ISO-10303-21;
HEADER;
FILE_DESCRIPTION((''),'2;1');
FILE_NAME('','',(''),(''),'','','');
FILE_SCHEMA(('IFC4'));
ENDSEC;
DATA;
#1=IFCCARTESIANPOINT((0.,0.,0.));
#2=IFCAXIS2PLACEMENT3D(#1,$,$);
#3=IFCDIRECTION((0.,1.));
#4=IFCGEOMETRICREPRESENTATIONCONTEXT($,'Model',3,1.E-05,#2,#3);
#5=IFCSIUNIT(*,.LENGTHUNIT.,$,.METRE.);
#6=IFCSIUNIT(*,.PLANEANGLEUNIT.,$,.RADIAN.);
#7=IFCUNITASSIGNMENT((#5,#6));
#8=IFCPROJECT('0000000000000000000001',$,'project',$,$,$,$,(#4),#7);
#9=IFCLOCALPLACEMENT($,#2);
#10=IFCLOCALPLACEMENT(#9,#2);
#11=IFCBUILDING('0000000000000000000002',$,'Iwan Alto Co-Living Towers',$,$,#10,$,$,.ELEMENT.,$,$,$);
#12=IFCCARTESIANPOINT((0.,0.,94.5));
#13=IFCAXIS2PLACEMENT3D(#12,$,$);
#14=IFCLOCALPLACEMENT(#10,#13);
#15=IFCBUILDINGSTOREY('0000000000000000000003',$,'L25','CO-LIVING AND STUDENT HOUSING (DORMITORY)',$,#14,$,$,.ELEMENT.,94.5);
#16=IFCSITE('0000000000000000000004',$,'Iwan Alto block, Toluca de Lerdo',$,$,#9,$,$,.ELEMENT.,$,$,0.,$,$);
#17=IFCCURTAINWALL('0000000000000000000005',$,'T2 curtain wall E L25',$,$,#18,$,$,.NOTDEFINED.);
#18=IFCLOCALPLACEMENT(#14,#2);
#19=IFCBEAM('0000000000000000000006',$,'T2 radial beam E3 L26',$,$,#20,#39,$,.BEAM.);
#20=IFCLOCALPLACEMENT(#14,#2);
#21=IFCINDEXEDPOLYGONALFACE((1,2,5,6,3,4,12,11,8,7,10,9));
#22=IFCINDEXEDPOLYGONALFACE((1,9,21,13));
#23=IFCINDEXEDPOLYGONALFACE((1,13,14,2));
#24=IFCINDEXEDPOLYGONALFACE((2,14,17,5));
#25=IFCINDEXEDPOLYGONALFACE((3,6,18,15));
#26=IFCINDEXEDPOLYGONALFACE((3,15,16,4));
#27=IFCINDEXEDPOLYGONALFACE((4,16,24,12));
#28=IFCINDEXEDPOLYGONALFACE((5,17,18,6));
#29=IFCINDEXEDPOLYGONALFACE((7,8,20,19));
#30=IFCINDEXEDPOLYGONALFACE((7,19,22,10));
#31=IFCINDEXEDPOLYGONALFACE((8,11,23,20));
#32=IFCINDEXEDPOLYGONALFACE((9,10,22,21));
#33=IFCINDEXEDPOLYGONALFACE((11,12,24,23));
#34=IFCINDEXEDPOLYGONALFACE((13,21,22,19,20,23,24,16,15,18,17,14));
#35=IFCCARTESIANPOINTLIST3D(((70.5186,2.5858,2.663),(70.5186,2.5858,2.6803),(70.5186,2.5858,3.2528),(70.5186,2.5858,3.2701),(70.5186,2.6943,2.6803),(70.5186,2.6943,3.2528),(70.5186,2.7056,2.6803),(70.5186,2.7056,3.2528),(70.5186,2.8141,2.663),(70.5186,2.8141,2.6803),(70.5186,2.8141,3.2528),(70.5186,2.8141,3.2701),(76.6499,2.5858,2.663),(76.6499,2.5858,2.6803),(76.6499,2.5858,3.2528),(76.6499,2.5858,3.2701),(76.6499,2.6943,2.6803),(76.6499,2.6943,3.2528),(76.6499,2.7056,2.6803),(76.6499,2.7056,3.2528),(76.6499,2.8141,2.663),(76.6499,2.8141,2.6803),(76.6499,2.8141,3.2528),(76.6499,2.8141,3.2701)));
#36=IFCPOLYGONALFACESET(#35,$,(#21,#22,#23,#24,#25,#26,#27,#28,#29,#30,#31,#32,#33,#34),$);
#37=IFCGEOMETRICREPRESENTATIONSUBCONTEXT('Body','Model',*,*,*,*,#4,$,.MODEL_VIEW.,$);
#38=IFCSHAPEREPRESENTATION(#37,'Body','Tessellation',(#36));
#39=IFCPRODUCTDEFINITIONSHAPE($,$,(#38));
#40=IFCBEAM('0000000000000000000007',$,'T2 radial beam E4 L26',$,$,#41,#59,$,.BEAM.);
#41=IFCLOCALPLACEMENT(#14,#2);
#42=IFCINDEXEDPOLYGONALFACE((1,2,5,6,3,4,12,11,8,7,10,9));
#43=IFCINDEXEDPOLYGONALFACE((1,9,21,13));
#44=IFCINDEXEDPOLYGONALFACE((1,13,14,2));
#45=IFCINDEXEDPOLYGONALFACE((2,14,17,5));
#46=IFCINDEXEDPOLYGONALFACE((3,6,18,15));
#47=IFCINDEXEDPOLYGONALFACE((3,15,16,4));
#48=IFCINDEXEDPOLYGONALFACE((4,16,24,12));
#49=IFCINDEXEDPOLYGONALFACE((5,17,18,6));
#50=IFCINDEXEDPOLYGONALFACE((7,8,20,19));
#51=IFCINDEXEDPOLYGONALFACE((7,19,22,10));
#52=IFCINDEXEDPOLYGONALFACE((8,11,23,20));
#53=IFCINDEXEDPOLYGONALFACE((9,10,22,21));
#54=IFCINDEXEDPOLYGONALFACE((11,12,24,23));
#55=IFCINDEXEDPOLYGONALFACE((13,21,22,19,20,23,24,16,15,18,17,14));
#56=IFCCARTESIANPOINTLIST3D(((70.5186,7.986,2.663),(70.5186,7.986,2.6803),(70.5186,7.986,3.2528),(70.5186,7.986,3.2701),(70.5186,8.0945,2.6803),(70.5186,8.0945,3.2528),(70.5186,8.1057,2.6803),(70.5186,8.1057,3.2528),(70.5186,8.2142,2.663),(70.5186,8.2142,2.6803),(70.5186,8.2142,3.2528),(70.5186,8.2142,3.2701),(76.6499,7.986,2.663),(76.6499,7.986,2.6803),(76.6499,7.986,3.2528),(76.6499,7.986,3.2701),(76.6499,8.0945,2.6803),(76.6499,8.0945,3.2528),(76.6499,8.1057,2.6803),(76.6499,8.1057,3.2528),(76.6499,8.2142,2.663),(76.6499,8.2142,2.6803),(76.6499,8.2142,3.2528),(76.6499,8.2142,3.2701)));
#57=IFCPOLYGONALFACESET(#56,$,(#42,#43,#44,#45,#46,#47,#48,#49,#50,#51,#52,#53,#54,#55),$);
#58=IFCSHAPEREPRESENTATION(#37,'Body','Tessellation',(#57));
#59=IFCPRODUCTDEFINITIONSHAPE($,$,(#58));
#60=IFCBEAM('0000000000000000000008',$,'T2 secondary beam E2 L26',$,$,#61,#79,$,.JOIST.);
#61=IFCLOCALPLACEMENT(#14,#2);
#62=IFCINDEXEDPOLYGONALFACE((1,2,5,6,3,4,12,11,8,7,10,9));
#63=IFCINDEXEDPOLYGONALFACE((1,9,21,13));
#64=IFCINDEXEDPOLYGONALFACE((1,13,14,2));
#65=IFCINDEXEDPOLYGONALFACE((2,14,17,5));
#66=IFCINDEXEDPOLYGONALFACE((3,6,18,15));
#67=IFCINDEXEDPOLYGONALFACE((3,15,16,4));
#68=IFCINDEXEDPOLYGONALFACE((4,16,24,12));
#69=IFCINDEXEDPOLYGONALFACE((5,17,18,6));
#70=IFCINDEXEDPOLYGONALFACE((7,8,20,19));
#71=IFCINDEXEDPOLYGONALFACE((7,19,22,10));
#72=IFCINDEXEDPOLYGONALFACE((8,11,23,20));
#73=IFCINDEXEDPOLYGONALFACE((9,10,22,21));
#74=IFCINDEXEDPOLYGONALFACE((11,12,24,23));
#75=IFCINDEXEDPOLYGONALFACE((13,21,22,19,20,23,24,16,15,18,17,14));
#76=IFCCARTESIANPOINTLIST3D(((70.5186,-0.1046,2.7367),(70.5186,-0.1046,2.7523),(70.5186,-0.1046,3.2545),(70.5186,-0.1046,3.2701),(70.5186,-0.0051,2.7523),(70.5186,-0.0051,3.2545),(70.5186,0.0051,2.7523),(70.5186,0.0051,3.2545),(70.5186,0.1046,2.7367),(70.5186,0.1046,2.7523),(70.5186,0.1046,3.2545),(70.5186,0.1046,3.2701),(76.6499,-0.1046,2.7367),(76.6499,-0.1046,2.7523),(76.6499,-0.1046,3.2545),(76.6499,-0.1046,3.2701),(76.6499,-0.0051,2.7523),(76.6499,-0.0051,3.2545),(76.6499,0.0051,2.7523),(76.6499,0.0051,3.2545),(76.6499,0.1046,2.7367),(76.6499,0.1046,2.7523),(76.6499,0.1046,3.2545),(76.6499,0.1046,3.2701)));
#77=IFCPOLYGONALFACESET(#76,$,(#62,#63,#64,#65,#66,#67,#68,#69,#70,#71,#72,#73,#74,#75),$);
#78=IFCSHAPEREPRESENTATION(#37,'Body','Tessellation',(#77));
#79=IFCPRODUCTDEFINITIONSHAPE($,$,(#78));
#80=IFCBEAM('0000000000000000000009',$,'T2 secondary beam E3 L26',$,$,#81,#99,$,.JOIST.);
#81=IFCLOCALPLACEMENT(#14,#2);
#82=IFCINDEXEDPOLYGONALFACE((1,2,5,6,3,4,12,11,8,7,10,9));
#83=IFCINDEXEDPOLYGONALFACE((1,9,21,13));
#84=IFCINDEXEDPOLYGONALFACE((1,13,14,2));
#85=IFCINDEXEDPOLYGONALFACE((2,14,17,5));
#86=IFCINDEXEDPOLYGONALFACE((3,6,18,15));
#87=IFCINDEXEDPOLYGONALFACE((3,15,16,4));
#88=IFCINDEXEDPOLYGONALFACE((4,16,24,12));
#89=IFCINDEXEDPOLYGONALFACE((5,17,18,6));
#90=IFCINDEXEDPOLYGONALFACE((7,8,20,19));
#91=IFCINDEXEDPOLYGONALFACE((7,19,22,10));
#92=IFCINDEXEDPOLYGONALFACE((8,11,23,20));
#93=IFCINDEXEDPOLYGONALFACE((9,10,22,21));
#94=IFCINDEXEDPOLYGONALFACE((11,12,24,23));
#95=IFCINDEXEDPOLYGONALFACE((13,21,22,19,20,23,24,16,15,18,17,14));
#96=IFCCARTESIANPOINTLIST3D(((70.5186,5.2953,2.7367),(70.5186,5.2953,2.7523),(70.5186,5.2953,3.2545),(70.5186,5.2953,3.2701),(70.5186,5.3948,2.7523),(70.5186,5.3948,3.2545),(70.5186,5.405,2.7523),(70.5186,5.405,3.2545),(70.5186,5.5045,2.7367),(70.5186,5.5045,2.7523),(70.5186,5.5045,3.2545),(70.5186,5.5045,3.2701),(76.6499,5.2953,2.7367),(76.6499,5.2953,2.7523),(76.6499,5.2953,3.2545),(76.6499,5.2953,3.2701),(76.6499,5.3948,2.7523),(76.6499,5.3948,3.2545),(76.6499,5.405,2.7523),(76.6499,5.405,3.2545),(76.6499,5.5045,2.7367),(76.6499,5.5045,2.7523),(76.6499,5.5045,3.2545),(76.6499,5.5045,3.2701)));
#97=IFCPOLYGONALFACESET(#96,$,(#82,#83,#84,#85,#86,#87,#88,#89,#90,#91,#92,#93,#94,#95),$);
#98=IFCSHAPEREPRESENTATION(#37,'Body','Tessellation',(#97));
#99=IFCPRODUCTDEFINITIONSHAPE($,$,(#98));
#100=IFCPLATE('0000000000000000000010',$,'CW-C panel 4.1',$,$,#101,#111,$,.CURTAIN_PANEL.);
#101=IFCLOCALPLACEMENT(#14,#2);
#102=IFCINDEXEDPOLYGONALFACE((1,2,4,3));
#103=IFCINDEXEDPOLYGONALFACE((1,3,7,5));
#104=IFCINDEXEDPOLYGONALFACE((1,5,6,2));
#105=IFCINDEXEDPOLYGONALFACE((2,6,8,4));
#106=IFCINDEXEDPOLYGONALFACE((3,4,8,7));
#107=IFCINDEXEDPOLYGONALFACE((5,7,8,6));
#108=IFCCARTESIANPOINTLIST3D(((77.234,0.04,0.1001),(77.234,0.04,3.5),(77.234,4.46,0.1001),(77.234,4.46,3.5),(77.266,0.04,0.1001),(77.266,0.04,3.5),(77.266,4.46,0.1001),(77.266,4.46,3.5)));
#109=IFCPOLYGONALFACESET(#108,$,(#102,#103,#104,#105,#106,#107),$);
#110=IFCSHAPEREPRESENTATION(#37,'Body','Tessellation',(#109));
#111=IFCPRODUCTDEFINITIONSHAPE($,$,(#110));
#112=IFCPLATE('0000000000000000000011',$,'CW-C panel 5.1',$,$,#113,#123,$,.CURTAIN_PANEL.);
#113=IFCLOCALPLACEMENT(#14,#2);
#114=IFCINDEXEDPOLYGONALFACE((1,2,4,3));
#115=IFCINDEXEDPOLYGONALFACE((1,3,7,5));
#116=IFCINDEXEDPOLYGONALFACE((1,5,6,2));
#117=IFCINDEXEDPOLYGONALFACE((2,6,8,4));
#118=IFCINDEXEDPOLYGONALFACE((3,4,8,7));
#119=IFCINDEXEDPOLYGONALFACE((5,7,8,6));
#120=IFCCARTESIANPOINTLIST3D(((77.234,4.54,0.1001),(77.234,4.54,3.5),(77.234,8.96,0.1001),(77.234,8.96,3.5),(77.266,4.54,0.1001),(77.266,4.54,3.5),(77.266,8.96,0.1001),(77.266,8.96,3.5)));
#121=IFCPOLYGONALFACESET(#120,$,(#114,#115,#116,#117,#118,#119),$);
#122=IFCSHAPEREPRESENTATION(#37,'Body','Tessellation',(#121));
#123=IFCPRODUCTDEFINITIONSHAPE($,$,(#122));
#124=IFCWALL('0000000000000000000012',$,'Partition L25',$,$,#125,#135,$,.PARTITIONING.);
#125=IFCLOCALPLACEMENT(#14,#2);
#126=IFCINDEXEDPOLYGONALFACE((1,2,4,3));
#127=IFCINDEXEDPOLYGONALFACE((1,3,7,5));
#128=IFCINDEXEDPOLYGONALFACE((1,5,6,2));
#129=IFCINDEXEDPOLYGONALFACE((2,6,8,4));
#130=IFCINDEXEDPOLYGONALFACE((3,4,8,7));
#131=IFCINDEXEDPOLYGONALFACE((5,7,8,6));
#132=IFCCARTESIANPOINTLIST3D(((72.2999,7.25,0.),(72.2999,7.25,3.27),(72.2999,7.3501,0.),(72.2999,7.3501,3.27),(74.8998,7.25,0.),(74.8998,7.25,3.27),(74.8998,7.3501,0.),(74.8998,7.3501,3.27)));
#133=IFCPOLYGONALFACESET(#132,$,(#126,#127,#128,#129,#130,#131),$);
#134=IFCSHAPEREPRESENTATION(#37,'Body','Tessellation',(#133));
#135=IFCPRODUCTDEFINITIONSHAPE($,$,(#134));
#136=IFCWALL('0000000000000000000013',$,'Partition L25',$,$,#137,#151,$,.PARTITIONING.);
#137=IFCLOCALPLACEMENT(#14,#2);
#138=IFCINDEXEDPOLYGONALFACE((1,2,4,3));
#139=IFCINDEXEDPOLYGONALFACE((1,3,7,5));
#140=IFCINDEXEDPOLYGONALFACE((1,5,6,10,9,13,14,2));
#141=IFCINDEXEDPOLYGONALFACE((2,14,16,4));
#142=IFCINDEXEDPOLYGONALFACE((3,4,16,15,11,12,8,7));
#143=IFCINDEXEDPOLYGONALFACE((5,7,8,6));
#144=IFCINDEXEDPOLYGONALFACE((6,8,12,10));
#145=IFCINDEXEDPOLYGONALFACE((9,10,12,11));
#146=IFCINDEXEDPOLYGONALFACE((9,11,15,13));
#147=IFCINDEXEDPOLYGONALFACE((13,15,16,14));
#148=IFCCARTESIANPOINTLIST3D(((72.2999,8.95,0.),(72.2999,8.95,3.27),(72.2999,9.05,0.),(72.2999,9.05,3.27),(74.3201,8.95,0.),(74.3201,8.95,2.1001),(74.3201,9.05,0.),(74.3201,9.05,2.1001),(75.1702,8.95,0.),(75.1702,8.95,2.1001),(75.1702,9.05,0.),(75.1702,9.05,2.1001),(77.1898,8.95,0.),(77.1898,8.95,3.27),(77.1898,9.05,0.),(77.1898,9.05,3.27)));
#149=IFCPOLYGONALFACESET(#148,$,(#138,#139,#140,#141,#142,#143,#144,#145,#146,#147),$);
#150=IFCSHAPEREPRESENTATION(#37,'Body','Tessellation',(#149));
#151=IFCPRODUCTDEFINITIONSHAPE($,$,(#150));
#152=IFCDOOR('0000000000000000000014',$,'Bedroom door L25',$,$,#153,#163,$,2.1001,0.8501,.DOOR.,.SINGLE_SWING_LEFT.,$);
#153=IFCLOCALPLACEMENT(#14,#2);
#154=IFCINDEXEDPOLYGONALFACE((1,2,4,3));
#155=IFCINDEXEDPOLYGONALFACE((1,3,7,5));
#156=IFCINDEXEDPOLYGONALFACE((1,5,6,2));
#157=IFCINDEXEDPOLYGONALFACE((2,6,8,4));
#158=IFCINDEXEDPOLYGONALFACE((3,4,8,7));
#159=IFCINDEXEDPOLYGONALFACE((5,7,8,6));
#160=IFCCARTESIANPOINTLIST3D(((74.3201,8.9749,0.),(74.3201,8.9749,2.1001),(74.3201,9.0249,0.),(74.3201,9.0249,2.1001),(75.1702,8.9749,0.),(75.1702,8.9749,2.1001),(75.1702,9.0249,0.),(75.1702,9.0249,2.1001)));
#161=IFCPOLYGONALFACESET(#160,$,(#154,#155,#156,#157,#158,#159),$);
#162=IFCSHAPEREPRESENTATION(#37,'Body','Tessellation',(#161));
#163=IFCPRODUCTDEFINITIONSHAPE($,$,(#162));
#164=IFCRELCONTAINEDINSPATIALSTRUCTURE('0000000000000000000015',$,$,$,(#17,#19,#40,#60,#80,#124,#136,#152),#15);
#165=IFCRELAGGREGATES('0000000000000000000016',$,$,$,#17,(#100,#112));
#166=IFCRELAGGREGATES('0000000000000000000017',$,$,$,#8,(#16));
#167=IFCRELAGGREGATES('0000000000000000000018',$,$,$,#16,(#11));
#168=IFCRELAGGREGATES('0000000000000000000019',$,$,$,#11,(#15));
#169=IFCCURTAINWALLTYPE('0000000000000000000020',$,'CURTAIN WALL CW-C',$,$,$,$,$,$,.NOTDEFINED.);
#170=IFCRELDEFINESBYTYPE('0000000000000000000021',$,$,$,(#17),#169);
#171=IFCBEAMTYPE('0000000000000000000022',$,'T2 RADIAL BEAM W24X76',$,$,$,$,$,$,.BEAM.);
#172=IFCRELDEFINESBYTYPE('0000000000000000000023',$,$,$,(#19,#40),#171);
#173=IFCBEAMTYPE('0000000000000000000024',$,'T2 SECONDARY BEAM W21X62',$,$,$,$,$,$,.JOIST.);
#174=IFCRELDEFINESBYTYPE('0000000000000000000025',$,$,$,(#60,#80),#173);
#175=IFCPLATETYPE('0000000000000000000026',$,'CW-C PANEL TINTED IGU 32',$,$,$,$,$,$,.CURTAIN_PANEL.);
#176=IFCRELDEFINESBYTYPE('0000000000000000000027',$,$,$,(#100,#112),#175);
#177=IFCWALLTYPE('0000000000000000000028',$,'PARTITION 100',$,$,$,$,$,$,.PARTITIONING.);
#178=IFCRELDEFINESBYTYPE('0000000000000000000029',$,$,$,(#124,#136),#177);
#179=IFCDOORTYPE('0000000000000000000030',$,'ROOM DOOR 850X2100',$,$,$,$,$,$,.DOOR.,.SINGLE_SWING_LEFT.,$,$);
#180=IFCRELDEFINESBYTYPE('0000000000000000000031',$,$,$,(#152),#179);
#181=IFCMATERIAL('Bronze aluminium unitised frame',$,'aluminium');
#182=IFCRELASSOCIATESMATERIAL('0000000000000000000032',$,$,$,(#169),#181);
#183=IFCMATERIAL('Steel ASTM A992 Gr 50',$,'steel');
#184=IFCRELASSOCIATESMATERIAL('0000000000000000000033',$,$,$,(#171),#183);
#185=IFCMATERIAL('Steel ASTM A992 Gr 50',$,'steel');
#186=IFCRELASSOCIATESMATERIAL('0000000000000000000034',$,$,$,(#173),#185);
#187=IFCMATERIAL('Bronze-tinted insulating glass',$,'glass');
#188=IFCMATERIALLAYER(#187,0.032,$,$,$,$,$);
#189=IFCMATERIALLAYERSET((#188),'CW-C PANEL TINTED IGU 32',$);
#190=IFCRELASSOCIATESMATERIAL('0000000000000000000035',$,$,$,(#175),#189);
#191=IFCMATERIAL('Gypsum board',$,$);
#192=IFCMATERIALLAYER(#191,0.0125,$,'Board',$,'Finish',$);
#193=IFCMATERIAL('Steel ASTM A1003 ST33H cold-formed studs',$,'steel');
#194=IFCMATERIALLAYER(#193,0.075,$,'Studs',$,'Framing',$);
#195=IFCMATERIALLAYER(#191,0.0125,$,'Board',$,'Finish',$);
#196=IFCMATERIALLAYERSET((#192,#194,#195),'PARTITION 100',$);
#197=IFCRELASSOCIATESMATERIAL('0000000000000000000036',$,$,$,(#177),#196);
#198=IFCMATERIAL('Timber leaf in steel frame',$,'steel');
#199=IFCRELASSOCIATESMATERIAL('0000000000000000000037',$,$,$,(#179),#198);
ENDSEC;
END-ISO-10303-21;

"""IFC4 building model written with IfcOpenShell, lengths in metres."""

from ifc_helpers import new_model, si_unit, direction, frame, frame_2d, origin, origin_2d, place, context, subcontext, project, spatial, rectangle, i_section, extrude, material, layer, layer_set, material_profile, profile_set, type_object, element, fill, aggregate, save


model = new_model("IFC4")

# Units and contexts
model_context = context("Model", 3, precision=1e-05, world=origin(), true_north=direction((0.0, 1.0)))
body_context = subcontext(model_context, "Body", "Model", "MODEL_VIEW")
ifc_project = project(units=[si_unit("LENGTHUNIT", "METRE"), si_unit("PLANEANGLEUNIT", "RADIAN")], contexts=[model_context])

# Site, building, storey
site_placement = place(None, origin())
site = spatial("IfcSite", under=ifc_project, at=site_placement, Name="Iwan Alto block, Toluca de Lerdo", CompositionType="ELEMENT", RefElevation=0.0)
building_placement = place(site_placement, origin())
building = spatial("IfcBuilding", under=site, at=building_placement, Name="Iwan Alto Co-Living Towers", CompositionType="ELEMENT")
storey_placement = place(building_placement, frame((0.0, 0.0, 94.5)))
storey = spatial("IfcBuildingStorey", under=building, at=storey_placement, Name="L25", Description="CO-LIVING AND STUDENT HOUSING (DORMITORY)", CompositionType="ELEMENT", Elevation=94.5)

# Curtain wall
ifc_material_1 = material(Name="Bronze aluminium unitised frame", Category="aluminium")
curtain_wall_type = type_object("IfcCurtainWallType", Name="CURTAIN WALL CW-C", PredefinedType="NOTDEFINED", material=ifc_material_1)
curtain_wall_placement = place(storey_placement, origin())
curtain_wall = element("IfcCurtainWall", 1, at=curtain_wall_placement, inside=storey, type_object=curtain_wall_type, Name="T2 curtain wall E L25", PredefinedType="NOTDEFINED")

# Beams
ifc_material_2 = material(Name="Steel ASTM A992 Gr 50", Category="steel")
ifc_material_profile_1 = material_profile(ifc_material_2, i_section(OverallWidth=0.2283, OverallDepth=0.6072, WebThickness=0.0112, FlangeThickness=0.0173, at=origin_2d()), Name="W24X76")
ifc_profile_set_1 = profile_set([ifc_material_profile_1], Name="Steel ASTM A992 Gr 50")
beam_type_1 = type_object("IfcBeamType", Name="T2 RADIAL BEAM W24X76", PredefinedType="BEAM", material=ifc_profile_set_1)
for number, where, z_axis, x_axis, name in (
    (2, (76.6499, 2.7, 2.9666), (-1.0, 0.0, 0.0), (0.0, -1.0, 0.0), "T2 radial beam E3 L26"),
    (3, (76.6499, 8.1001, 2.9666), (-1.0, 0.0, 0.0), (0.0, -1.0, 0.0), "T2 radial beam E4 L26"),
):
    element("IfcBeam", number, at=place(storey_placement, frame(where, z_axis=z_axis, x_axis=x_axis)), inside=storey, type_object=beam_type_1, Name=name, PredefinedType="BEAM", context=body_context, shape_type="SweptSolid", body=[
        extrude(i_section(OverallWidth=0.2283, OverallDepth=0.6072, WebThickness=0.0112, FlangeThickness=0.0173, at=origin_2d()), origin(), (0.0, 0.0, 1.0), 6.1313),
    ])
ifc_material_3 = material(Name="Steel ASTM A992 Gr 50", Category="steel")
ifc_material_profile_2 = material_profile(ifc_material_3, i_section(OverallWidth=0.2092, OverallDepth=0.5334, WebThickness=0.0103, FlangeThickness=0.0156, at=origin_2d()), Name="W21X62")
ifc_profile_set_2 = profile_set([ifc_material_profile_2], Name="Steel ASTM A992 Gr 50")
beam_type_2 = type_object("IfcBeamType", Name="T2 SECONDARY BEAM W21X62", PredefinedType="JOIST", material=ifc_profile_set_2)
for number, where, z_axis, x_axis, name in (
    (4, (76.6499, 0.0, 3.0034), (-1.0, 0.0, 0.0), (0.0, -1.0, 0.0), "T2 secondary beam E2 L26"),
    (5, (76.6499, 5.3999, 3.0034), (-1.0, 0.0, 0.0), (0.0, -1.0, 0.0), "T2 secondary beam E3 L26"),
):
    element("IfcBeam", number, at=place(storey_placement, frame(where, z_axis=z_axis, x_axis=x_axis)), inside=storey, type_object=beam_type_2, Name=name, PredefinedType="JOIST", context=body_context, shape_type="SweptSolid", body=[
        extrude(i_section(OverallWidth=0.2092, OverallDepth=0.5334, WebThickness=0.0103, FlangeThickness=0.0156, at=origin_2d()), origin(), (0.0, 0.0, 1.0), 6.1313),
    ])

# Plates
ifc_material_4 = material(Name="Bronze-tinted insulating glass", Category="glass")
ifc_layer_1 = layer(ifc_material_4, 0.032)
ifc_layer_set_1 = layer_set([ifc_layer_1], Name="CW-C PANEL TINTED IGU 32")
plate_type = type_object("IfcPlateType", Name="CW-C PANEL TINTED IGU 32", PredefinedType="CURTAIN_PANEL", material=ifc_layer_set_1)
plate_1_placement = place(storey_placement, frame((77.25, 2.25, 0.1001), z_axis=(0.0, 0.0, 1.0), x_axis=(0.0, 1.0, 0.0)))
plate_1 = element("IfcPlate", 6, at=plate_1_placement, type_object=plate_type, Name="CW-C panel 4.1", PredefinedType="CURTAIN_PANEL", context=body_context, shape_type="SweptSolid", body=[
    extrude(rectangle(XDim=4.4199, YDim=0.032, at=origin_2d()), origin(), (0.0, 0.0, 1.0), 3.3999),
])
plate_2_placement = place(storey_placement, frame((77.25, 6.75, 0.1001), z_axis=(0.0, 0.0, 1.0), x_axis=(0.0, 1.0, 0.0)))
plate_2 = element("IfcPlate", 7, at=plate_2_placement, type_object=plate_type, Name="CW-C panel 5.1", PredefinedType="CURTAIN_PANEL", context=body_context, shape_type="SweptSolid", body=[
    extrude(rectangle(XDim=4.4199, YDim=0.032, at=origin_2d()), origin(), (0.0, 0.0, 1.0), 3.3999),
])
aggregate(curtain_wall, [plate_1, plate_2])

# Wall
ifc_material_5 = material(Name="Gypsum board")
ifc_layer_2 = layer(ifc_material_5, 0.0125, Name="Board", Category="Finish")
ifc_material_6 = material(Name="Steel ASTM A1003 ST33H cold-formed studs", Category="steel")
ifc_layer_3 = layer(ifc_material_6, 0.075, Name="Studs", Category="Framing")
ifc_layer_4 = layer(ifc_material_5, 0.0125, Name="Board", Category="Finish")
ifc_layer_set_2 = layer_set([ifc_layer_2, ifc_layer_3, ifc_layer_4], Name="PARTITION 100")
wall_type_1 = type_object("IfcWallType", Name="PARTITION 100", PredefinedType="PARTITIONING", material=ifc_layer_set_2)
wall_1_placement = place(storey_placement, frame((72.3, 7.3, 0.0), z_axis=(0.0, 0.0, 1.0), x_axis=(1.0, 0.0, 0.0)))
element("IfcWall", 8, at=wall_1_placement, inside=storey, type_object=wall_type_1, Name="Partition L25", PredefinedType="PARTITIONING", context=body_context, shape_type="SweptSolid", body=[
    extrude(rectangle(XDim=2.5999, YDim=0.1001, at=frame_2d((1.2998, 0.0))), origin(), (0.0, 0.0, 1.0), 3.27),
])

# Wall, opening, door
wall_2_placement = place(storey_placement, frame((72.3, 9.0, 0.0), z_axis=(0.0, 0.0, 1.0), x_axis=(1.0, 0.0, 0.0)))
wall_2 = element("IfcWall", 9, at=wall_2_placement, inside=storey, type_object=wall_type_1, Name="Partition L25", PredefinedType="PARTITIONING", context=body_context, shape_type="SweptSolid", body=[
    extrude(rectangle(XDim=4.8899, YDim=0.1001, at=frame_2d((2.4448, 0.0))), origin(), (0.0, 0.0, 1.0), 3.27),
])
opening_1_placement = place(wall_2_placement, frame((2.02, 0.0, 0.0)))
opening_1 = element("IfcOpeningElement", 10, at=opening_1_placement, cuts=wall_2, PredefinedType="OPENING", context=body_context, shape_type="SweptSolid", body=[
    extrude(rectangle(XDim=0.8501, YDim=2.1001, at=frame_2d((0.425, 1.05))), frame((0.0, 0.0601, 0.0), z_axis=(0.0, -1.0, 0.0), x_axis=(1.0, 0.0, 0.0)), (0.0, 0.0, 1.0), 0.1201),
])
ifc_material_7 = material(Name="Timber leaf in steel frame", Category="steel")
door_type = type_object("IfcDoorType", Name="ROOM DOOR 850X2100", OperationType="SINGLE_SWING_LEFT", PredefinedType="DOOR", material=ifc_material_7)
door_1_placement = place(opening_1_placement, origin())
door_1 = element("IfcDoor", 11, at=door_1_placement, inside=storey, type_object=door_type, Name="Bedroom door L25", OperationType="SINGLE_SWING_LEFT", OverallHeight=2.1001, OverallWidth=0.8501, PredefinedType="DOOR", context=body_context, shape_type="SweptSolid", body=[
    extrude(rectangle(XDim=0.8501, YDim=2.1001, at=frame_2d((0.425, 1.05))), frame((0.0, 0.0249, 0.0), z_axis=(0.0, -1.0, 0.0), x_axis=(1.0, 0.0, 0.0)), (0.0, 0.0, 1.0), 0.05),
])
fill(opening_1, door_1)

save(model, "model.ifc")
